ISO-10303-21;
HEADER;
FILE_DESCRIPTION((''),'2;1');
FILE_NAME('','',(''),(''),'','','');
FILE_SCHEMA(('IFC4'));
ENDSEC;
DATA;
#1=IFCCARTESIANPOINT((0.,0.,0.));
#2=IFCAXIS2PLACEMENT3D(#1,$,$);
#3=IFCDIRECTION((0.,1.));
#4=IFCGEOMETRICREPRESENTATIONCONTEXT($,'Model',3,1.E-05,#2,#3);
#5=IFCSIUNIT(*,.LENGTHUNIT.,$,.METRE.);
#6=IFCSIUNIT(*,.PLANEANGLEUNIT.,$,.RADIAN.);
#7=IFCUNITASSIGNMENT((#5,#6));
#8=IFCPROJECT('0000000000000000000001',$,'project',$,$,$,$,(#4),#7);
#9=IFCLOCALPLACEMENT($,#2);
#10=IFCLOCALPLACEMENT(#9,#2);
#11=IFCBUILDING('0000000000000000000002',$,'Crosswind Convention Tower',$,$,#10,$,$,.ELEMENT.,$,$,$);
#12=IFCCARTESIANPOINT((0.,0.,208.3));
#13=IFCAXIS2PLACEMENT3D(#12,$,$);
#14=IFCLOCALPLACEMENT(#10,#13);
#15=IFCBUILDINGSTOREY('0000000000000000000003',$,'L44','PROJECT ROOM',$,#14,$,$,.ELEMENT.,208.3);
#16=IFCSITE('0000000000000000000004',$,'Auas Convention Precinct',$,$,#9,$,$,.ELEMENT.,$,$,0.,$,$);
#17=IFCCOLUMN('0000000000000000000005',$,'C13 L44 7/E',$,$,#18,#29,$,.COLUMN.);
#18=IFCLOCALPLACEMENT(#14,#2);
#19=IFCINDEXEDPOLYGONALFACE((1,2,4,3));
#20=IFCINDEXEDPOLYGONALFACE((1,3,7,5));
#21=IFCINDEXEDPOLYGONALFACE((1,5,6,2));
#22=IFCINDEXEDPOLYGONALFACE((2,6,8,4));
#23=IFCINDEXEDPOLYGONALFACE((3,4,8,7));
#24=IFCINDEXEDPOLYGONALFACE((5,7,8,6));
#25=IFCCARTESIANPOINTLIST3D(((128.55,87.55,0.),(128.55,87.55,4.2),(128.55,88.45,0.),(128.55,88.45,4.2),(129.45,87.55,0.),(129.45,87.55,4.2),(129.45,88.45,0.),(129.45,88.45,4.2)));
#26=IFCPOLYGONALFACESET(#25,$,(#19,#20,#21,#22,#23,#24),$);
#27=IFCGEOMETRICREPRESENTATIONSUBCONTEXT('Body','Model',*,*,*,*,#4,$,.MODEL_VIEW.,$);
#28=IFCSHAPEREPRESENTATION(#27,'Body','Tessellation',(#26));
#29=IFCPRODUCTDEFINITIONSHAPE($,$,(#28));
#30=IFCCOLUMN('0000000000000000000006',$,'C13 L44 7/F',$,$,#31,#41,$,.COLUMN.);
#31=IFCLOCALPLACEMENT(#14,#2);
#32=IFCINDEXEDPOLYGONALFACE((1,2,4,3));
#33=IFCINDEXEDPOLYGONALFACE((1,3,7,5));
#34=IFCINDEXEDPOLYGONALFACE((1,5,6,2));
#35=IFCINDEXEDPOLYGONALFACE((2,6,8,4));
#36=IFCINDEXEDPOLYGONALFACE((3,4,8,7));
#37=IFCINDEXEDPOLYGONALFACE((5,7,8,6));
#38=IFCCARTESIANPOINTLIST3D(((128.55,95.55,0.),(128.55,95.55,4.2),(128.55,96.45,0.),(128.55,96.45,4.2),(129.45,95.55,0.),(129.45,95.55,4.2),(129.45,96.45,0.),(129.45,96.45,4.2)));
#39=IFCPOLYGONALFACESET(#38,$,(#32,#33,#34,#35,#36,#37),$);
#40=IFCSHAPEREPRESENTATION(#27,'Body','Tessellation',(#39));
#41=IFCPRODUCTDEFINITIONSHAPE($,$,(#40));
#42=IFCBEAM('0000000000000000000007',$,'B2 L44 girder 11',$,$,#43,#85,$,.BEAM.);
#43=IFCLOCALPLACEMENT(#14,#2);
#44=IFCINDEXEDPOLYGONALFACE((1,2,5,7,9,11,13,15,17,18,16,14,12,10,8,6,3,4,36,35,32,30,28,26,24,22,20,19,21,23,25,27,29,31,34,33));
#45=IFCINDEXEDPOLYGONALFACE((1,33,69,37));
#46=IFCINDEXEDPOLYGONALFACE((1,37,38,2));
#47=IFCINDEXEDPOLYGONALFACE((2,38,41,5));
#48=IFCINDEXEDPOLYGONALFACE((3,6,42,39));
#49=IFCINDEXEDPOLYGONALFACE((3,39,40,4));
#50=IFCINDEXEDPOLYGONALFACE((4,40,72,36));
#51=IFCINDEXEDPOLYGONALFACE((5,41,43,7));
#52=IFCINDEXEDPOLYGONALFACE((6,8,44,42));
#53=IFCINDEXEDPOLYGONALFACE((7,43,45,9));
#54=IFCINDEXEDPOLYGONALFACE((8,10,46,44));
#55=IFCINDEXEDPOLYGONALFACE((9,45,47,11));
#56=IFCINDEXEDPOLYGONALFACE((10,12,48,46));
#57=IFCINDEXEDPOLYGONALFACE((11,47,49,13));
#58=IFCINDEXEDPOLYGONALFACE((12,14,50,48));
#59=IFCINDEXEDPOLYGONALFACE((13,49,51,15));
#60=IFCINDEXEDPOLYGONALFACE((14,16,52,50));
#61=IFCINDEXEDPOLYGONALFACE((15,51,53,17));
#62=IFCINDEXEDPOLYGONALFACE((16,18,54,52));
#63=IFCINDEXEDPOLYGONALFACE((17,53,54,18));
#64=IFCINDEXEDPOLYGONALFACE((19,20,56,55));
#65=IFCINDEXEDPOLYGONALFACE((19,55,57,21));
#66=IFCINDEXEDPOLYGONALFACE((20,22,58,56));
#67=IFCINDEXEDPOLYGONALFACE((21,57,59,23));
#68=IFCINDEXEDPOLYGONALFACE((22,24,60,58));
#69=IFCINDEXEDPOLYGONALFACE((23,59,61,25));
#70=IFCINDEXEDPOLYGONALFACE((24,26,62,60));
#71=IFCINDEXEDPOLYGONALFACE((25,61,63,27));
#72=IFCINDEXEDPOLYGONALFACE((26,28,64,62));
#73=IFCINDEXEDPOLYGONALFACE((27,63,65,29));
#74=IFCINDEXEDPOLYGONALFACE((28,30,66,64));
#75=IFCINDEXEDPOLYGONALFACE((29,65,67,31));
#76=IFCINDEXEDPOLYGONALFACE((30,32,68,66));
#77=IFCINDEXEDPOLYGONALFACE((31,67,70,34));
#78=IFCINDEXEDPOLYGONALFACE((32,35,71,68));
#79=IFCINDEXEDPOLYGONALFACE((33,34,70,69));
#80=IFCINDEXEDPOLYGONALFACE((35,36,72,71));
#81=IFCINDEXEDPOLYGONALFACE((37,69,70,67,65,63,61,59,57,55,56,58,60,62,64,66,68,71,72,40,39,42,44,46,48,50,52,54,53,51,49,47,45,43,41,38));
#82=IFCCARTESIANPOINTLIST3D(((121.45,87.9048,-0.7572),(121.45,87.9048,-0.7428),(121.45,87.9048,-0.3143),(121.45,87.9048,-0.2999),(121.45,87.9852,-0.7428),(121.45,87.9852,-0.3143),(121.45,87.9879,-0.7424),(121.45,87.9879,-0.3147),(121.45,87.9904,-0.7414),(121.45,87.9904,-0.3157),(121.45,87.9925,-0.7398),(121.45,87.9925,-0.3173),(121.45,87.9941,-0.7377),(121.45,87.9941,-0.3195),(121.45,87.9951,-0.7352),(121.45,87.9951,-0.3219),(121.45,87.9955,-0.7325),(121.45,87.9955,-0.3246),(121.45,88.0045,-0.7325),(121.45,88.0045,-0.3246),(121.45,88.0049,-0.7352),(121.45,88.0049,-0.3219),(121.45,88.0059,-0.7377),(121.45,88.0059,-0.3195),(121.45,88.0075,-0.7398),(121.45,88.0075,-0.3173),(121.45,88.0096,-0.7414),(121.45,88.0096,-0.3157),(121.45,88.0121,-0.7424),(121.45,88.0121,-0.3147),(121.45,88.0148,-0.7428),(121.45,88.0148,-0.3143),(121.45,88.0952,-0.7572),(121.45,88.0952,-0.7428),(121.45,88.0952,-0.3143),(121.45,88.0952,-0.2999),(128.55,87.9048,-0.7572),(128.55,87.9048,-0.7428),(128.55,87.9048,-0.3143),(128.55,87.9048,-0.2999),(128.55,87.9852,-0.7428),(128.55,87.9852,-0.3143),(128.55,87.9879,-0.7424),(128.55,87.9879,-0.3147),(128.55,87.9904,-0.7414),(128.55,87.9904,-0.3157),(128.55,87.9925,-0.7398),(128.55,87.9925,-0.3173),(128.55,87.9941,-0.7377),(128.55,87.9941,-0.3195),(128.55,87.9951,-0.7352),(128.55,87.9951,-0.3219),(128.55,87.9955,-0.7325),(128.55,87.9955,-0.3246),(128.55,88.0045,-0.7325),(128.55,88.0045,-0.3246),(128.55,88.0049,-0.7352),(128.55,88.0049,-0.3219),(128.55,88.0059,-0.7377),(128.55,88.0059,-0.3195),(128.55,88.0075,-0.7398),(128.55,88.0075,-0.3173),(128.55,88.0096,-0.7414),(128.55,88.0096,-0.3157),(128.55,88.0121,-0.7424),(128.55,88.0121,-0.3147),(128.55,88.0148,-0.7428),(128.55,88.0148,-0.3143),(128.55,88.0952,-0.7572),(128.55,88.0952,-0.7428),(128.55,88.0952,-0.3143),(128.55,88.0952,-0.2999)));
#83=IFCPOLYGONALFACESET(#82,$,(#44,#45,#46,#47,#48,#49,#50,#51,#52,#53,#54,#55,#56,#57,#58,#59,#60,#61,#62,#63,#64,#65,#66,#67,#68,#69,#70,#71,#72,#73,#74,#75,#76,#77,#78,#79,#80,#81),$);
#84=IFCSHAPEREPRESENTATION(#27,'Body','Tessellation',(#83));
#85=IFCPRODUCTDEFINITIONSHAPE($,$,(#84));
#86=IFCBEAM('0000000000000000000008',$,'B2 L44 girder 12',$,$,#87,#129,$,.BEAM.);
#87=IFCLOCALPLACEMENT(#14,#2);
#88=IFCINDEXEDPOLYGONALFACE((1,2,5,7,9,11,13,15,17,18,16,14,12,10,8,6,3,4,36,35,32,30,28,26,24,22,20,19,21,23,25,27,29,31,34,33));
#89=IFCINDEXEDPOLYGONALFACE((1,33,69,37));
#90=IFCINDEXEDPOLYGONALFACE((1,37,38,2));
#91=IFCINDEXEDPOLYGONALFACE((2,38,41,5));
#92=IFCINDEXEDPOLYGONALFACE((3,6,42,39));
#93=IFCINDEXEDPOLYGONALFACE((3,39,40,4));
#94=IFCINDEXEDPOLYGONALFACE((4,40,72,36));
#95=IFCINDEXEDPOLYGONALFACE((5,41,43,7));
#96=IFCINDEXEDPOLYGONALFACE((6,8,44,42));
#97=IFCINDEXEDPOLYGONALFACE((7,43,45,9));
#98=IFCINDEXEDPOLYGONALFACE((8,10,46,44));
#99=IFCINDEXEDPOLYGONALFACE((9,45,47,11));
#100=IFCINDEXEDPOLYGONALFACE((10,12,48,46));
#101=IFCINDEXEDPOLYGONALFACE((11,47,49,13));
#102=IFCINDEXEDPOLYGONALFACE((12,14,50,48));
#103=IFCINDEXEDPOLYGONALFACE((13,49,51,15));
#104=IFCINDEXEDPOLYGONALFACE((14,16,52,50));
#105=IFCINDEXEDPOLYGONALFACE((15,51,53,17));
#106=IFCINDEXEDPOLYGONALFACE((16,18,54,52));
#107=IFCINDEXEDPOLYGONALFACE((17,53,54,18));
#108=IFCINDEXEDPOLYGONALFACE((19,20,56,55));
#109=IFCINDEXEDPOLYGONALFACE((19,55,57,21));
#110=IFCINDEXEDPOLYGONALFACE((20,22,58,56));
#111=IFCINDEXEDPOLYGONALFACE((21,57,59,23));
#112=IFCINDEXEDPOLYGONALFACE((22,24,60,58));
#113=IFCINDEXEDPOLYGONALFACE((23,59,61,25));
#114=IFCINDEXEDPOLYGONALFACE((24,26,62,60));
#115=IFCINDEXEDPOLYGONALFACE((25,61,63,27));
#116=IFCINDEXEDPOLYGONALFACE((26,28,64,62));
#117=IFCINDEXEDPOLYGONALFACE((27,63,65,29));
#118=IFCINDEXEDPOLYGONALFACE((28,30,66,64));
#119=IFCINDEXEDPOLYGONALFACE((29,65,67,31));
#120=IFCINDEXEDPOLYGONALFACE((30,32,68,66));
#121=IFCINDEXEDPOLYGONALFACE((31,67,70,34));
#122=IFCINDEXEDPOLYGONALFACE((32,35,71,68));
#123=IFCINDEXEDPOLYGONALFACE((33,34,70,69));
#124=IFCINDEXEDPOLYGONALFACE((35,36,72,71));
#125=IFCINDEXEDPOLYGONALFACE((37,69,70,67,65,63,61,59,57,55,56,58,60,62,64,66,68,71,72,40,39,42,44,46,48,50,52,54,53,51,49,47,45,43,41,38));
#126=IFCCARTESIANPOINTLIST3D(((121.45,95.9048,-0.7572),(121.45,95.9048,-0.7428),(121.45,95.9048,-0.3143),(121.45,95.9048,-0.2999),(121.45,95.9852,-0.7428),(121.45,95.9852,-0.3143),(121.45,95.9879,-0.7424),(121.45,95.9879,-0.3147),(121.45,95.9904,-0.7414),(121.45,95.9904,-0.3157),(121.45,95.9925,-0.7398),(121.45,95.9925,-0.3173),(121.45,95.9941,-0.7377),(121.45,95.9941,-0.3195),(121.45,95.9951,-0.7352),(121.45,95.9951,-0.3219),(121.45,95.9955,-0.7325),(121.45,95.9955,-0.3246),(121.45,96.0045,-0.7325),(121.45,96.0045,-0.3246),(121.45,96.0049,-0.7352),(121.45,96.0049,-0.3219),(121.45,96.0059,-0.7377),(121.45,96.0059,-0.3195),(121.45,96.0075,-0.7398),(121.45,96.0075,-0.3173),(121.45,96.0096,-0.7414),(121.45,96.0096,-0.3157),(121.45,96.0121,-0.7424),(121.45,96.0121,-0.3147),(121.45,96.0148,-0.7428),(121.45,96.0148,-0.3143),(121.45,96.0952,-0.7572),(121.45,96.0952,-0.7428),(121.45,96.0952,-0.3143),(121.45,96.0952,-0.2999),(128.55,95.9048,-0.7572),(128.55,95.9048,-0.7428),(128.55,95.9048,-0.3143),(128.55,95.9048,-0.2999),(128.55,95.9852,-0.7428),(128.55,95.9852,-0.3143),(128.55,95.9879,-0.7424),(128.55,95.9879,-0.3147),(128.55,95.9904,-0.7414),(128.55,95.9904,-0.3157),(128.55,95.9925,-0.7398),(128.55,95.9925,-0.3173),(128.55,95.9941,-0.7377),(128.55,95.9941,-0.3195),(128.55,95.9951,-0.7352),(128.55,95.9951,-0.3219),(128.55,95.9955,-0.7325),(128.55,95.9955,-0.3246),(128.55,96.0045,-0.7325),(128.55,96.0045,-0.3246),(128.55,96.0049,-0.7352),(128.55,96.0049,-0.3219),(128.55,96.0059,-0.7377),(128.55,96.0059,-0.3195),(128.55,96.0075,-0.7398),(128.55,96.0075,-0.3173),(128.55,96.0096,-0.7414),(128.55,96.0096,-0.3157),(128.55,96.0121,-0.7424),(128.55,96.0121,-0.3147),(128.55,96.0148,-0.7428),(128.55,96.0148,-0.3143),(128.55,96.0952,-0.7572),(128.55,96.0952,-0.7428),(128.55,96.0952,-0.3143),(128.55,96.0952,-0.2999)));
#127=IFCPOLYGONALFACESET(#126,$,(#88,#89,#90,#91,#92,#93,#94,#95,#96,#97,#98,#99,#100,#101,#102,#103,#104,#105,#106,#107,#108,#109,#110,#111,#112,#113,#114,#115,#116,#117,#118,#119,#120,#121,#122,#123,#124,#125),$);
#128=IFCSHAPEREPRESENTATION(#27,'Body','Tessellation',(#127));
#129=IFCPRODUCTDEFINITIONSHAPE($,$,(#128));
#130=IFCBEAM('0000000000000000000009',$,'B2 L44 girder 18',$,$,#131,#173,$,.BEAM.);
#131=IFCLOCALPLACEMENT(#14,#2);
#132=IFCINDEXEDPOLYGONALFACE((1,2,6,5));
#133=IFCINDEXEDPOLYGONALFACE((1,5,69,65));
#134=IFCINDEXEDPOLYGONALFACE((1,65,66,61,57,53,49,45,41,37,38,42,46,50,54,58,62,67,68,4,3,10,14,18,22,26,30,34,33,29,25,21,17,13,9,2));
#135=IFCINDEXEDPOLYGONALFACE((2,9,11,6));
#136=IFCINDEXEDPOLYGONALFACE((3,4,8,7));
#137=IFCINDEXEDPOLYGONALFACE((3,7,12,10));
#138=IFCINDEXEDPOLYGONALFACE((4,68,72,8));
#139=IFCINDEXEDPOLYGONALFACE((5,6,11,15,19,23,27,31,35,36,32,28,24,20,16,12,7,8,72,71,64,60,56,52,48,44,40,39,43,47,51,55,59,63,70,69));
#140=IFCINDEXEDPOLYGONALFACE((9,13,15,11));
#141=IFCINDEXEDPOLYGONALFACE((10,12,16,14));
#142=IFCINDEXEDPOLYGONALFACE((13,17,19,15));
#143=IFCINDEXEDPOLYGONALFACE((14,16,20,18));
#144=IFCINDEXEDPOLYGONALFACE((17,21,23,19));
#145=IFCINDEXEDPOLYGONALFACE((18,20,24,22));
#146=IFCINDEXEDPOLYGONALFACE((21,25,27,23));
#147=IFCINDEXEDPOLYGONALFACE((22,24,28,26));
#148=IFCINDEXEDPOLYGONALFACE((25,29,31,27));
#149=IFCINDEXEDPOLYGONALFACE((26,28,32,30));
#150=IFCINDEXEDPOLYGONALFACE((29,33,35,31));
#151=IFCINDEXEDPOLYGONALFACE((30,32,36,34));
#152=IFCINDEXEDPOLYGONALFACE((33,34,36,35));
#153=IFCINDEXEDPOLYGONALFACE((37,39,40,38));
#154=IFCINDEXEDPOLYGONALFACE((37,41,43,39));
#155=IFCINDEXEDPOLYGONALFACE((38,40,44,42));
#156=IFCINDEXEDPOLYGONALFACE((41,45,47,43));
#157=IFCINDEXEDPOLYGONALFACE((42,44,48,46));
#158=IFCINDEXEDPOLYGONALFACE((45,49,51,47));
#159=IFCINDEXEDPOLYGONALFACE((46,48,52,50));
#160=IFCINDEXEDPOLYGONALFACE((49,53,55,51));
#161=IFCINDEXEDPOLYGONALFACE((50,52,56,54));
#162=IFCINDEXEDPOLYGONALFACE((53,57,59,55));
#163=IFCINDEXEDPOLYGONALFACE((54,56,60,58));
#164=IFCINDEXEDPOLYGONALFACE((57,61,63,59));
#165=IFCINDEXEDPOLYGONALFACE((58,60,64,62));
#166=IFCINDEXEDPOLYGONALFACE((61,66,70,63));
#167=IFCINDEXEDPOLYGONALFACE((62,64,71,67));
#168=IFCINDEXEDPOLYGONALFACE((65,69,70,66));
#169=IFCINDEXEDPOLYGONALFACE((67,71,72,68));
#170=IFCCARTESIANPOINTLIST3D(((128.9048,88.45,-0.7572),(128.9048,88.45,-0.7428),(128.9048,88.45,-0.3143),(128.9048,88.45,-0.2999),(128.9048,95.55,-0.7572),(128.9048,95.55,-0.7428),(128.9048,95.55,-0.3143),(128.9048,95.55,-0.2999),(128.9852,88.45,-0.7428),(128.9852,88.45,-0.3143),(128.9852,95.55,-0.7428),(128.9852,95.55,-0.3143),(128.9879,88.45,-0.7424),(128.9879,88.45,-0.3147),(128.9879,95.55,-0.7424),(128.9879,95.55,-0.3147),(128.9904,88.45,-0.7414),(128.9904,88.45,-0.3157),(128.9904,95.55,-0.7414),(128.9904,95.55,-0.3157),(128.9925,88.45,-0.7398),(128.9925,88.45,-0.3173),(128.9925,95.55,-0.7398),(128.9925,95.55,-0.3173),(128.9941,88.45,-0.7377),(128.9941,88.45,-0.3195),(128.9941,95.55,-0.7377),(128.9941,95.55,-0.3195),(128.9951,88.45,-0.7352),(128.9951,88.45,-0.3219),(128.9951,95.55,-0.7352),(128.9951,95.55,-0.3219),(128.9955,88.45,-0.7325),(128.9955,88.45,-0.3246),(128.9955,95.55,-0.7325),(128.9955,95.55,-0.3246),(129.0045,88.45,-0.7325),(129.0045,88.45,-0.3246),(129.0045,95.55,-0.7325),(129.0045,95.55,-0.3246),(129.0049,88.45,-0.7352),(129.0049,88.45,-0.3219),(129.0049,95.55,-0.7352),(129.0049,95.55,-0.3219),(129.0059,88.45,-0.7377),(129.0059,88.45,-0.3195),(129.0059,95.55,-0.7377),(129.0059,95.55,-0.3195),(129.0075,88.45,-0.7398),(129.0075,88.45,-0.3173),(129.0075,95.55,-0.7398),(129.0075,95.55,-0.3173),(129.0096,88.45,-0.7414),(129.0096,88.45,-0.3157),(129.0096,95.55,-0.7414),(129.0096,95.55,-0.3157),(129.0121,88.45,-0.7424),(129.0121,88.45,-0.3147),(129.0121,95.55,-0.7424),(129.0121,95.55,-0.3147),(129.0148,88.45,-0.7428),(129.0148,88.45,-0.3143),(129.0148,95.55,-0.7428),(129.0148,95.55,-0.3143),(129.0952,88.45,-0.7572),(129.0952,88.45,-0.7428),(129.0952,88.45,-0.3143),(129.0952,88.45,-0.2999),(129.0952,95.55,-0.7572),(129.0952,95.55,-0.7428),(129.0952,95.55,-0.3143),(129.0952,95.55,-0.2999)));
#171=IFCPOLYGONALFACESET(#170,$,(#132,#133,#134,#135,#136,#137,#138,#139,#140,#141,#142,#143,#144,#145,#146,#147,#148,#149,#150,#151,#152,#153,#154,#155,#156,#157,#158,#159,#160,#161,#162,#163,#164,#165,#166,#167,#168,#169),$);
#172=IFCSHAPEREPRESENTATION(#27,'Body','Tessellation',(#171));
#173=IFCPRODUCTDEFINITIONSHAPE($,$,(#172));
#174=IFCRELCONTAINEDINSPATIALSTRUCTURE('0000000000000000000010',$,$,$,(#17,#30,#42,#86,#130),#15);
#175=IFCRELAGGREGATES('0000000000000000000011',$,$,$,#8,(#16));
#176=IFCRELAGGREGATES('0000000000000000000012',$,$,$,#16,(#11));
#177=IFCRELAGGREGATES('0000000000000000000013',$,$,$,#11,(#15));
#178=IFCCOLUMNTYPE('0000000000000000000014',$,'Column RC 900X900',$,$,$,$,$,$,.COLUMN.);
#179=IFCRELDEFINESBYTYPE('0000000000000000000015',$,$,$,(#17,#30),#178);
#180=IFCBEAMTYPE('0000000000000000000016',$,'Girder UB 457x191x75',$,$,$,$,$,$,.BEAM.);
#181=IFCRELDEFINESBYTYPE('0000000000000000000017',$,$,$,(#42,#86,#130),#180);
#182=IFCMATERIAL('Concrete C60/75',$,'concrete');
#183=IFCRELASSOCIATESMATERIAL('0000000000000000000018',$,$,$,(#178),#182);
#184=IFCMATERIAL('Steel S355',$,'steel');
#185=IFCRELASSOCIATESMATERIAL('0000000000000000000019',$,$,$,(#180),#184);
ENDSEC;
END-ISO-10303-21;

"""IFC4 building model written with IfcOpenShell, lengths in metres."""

from ifc_helpers import new_model, si_unit, direction, frame, origin, origin_2d, place, context, subcontext, project, spatial, rectangle, i_section, extrude, material, material_profile, profile_set, type_object, element, save


model = new_model("IFC4")

# Units and contexts
model_context = context("Model", 3, precision=1e-05, world=origin(), true_north=direction((0.0, 1.0)))
body_context = subcontext(model_context, "Body", "Model", "MODEL_VIEW")
ifc_project = project(units=[si_unit("LENGTHUNIT", "METRE"), si_unit("PLANEANGLEUNIT", "RADIAN")], contexts=[model_context])

# Site, building, storey
site_placement = place(None, origin())
site = spatial("IfcSite", under=ifc_project, at=site_placement, Name="Auas Convention Precinct", CompositionType="ELEMENT", RefElevation=0.0)
building_placement = place(site_placement, origin())
building = spatial("IfcBuilding", under=site, at=building_placement, Name="Crosswind Convention Tower", CompositionType="ELEMENT")
storey_placement = place(building_placement, frame((0.0, 0.0, 208.3)))
storey = spatial("IfcBuildingStorey", under=building, at=storey_placement, Name="L44", Description="PROJECT ROOM", CompositionType="ELEMENT", Elevation=208.3)

# Columns
ifc_material_1 = material(Name="Concrete C60/75", Category="concrete")
ifc_material_profile_1 = material_profile(ifc_material_1, rectangle(XDim=0.8999, YDim=0.8999, at=origin_2d()), Name="RC 900X900")
ifc_profile_set_1 = profile_set([ifc_material_profile_1], Name="Concrete C60/75")
column_type = type_object("IfcColumnType", Name="Column RC 900X900", PredefinedType="COLUMN", material=ifc_profile_set_1)
for number, where, z_axis, x_axis, name in (
    (1, (129.0, 88.0, 0.0), (0.0, 0.0, 1.0), (1.0, 0.0, 0.0), "C13 L44 7/E"),
    (2, (129.0, 96.0, 0.0), (0.0, 0.0, 1.0), (1.0, 0.0, 0.0), "C13 L44 7/F"),
):
    element("IfcColumn", number, at=place(storey_placement, frame(where, z_axis=z_axis, x_axis=x_axis)), inside=storey, type_object=column_type, Name=name, PredefinedType="COLUMN", context=body_context, shape_type="SweptSolid", body=[
        extrude(rectangle(XDim=0.8999, YDim=0.8999, at=origin_2d()), origin(), (0.0, 0.0, 1.0), 4.2),
    ])

# Beams
ifc_material_2 = material(Name="Steel S355", Category="steel")
ifc_material_profile_2 = material_profile(ifc_material_2, i_section(OverallWidth=0.1904, OverallDepth=0.4573, WebThickness=0.009, FlangeThickness=0.0144, FilletRadius=0.0103, at=origin_2d()), Name="UB 457x191x75")
ifc_profile_set_2 = profile_set([ifc_material_profile_2], Name="Steel S355")
beam_type_1 = type_object("IfcBeamType", Name="Girder UB 457x191x75", PredefinedType="BEAM", material=ifc_profile_set_2)
for number, where, z_axis, x_axis, name in (
    (3, (121.45, 88.0, -0.5286), (1.0, 0.0, 0.0), (0.0, 1.0, 0.0), "B2 L44 girder 11"),
    (4, (121.45, 96.0, -0.5286), (1.0, 0.0, 0.0), (0.0, 1.0, 0.0), "B2 L44 girder 12"),
    (5, (129.0, 88.45, -0.5286), (0.0, 1.0, 0.0), (-1.0, 0.0, 0.0), "B2 L44 girder 18"),
):
    element("IfcBeam", number, at=place(storey_placement, frame(where, z_axis=z_axis, x_axis=x_axis)), inside=storey, type_object=beam_type_1, Name=name, PredefinedType="BEAM", context=body_context, shape_type="SweptSolid", body=[
        extrude(i_section(OverallWidth=0.1904, OverallDepth=0.4573, WebThickness=0.009, FlangeThickness=0.0144, FilletRadius=0.0103, at=origin_2d()), origin(), (0.0, 0.0, 1.0), 7.1001),
    ])

save(model, "model.ifc")
